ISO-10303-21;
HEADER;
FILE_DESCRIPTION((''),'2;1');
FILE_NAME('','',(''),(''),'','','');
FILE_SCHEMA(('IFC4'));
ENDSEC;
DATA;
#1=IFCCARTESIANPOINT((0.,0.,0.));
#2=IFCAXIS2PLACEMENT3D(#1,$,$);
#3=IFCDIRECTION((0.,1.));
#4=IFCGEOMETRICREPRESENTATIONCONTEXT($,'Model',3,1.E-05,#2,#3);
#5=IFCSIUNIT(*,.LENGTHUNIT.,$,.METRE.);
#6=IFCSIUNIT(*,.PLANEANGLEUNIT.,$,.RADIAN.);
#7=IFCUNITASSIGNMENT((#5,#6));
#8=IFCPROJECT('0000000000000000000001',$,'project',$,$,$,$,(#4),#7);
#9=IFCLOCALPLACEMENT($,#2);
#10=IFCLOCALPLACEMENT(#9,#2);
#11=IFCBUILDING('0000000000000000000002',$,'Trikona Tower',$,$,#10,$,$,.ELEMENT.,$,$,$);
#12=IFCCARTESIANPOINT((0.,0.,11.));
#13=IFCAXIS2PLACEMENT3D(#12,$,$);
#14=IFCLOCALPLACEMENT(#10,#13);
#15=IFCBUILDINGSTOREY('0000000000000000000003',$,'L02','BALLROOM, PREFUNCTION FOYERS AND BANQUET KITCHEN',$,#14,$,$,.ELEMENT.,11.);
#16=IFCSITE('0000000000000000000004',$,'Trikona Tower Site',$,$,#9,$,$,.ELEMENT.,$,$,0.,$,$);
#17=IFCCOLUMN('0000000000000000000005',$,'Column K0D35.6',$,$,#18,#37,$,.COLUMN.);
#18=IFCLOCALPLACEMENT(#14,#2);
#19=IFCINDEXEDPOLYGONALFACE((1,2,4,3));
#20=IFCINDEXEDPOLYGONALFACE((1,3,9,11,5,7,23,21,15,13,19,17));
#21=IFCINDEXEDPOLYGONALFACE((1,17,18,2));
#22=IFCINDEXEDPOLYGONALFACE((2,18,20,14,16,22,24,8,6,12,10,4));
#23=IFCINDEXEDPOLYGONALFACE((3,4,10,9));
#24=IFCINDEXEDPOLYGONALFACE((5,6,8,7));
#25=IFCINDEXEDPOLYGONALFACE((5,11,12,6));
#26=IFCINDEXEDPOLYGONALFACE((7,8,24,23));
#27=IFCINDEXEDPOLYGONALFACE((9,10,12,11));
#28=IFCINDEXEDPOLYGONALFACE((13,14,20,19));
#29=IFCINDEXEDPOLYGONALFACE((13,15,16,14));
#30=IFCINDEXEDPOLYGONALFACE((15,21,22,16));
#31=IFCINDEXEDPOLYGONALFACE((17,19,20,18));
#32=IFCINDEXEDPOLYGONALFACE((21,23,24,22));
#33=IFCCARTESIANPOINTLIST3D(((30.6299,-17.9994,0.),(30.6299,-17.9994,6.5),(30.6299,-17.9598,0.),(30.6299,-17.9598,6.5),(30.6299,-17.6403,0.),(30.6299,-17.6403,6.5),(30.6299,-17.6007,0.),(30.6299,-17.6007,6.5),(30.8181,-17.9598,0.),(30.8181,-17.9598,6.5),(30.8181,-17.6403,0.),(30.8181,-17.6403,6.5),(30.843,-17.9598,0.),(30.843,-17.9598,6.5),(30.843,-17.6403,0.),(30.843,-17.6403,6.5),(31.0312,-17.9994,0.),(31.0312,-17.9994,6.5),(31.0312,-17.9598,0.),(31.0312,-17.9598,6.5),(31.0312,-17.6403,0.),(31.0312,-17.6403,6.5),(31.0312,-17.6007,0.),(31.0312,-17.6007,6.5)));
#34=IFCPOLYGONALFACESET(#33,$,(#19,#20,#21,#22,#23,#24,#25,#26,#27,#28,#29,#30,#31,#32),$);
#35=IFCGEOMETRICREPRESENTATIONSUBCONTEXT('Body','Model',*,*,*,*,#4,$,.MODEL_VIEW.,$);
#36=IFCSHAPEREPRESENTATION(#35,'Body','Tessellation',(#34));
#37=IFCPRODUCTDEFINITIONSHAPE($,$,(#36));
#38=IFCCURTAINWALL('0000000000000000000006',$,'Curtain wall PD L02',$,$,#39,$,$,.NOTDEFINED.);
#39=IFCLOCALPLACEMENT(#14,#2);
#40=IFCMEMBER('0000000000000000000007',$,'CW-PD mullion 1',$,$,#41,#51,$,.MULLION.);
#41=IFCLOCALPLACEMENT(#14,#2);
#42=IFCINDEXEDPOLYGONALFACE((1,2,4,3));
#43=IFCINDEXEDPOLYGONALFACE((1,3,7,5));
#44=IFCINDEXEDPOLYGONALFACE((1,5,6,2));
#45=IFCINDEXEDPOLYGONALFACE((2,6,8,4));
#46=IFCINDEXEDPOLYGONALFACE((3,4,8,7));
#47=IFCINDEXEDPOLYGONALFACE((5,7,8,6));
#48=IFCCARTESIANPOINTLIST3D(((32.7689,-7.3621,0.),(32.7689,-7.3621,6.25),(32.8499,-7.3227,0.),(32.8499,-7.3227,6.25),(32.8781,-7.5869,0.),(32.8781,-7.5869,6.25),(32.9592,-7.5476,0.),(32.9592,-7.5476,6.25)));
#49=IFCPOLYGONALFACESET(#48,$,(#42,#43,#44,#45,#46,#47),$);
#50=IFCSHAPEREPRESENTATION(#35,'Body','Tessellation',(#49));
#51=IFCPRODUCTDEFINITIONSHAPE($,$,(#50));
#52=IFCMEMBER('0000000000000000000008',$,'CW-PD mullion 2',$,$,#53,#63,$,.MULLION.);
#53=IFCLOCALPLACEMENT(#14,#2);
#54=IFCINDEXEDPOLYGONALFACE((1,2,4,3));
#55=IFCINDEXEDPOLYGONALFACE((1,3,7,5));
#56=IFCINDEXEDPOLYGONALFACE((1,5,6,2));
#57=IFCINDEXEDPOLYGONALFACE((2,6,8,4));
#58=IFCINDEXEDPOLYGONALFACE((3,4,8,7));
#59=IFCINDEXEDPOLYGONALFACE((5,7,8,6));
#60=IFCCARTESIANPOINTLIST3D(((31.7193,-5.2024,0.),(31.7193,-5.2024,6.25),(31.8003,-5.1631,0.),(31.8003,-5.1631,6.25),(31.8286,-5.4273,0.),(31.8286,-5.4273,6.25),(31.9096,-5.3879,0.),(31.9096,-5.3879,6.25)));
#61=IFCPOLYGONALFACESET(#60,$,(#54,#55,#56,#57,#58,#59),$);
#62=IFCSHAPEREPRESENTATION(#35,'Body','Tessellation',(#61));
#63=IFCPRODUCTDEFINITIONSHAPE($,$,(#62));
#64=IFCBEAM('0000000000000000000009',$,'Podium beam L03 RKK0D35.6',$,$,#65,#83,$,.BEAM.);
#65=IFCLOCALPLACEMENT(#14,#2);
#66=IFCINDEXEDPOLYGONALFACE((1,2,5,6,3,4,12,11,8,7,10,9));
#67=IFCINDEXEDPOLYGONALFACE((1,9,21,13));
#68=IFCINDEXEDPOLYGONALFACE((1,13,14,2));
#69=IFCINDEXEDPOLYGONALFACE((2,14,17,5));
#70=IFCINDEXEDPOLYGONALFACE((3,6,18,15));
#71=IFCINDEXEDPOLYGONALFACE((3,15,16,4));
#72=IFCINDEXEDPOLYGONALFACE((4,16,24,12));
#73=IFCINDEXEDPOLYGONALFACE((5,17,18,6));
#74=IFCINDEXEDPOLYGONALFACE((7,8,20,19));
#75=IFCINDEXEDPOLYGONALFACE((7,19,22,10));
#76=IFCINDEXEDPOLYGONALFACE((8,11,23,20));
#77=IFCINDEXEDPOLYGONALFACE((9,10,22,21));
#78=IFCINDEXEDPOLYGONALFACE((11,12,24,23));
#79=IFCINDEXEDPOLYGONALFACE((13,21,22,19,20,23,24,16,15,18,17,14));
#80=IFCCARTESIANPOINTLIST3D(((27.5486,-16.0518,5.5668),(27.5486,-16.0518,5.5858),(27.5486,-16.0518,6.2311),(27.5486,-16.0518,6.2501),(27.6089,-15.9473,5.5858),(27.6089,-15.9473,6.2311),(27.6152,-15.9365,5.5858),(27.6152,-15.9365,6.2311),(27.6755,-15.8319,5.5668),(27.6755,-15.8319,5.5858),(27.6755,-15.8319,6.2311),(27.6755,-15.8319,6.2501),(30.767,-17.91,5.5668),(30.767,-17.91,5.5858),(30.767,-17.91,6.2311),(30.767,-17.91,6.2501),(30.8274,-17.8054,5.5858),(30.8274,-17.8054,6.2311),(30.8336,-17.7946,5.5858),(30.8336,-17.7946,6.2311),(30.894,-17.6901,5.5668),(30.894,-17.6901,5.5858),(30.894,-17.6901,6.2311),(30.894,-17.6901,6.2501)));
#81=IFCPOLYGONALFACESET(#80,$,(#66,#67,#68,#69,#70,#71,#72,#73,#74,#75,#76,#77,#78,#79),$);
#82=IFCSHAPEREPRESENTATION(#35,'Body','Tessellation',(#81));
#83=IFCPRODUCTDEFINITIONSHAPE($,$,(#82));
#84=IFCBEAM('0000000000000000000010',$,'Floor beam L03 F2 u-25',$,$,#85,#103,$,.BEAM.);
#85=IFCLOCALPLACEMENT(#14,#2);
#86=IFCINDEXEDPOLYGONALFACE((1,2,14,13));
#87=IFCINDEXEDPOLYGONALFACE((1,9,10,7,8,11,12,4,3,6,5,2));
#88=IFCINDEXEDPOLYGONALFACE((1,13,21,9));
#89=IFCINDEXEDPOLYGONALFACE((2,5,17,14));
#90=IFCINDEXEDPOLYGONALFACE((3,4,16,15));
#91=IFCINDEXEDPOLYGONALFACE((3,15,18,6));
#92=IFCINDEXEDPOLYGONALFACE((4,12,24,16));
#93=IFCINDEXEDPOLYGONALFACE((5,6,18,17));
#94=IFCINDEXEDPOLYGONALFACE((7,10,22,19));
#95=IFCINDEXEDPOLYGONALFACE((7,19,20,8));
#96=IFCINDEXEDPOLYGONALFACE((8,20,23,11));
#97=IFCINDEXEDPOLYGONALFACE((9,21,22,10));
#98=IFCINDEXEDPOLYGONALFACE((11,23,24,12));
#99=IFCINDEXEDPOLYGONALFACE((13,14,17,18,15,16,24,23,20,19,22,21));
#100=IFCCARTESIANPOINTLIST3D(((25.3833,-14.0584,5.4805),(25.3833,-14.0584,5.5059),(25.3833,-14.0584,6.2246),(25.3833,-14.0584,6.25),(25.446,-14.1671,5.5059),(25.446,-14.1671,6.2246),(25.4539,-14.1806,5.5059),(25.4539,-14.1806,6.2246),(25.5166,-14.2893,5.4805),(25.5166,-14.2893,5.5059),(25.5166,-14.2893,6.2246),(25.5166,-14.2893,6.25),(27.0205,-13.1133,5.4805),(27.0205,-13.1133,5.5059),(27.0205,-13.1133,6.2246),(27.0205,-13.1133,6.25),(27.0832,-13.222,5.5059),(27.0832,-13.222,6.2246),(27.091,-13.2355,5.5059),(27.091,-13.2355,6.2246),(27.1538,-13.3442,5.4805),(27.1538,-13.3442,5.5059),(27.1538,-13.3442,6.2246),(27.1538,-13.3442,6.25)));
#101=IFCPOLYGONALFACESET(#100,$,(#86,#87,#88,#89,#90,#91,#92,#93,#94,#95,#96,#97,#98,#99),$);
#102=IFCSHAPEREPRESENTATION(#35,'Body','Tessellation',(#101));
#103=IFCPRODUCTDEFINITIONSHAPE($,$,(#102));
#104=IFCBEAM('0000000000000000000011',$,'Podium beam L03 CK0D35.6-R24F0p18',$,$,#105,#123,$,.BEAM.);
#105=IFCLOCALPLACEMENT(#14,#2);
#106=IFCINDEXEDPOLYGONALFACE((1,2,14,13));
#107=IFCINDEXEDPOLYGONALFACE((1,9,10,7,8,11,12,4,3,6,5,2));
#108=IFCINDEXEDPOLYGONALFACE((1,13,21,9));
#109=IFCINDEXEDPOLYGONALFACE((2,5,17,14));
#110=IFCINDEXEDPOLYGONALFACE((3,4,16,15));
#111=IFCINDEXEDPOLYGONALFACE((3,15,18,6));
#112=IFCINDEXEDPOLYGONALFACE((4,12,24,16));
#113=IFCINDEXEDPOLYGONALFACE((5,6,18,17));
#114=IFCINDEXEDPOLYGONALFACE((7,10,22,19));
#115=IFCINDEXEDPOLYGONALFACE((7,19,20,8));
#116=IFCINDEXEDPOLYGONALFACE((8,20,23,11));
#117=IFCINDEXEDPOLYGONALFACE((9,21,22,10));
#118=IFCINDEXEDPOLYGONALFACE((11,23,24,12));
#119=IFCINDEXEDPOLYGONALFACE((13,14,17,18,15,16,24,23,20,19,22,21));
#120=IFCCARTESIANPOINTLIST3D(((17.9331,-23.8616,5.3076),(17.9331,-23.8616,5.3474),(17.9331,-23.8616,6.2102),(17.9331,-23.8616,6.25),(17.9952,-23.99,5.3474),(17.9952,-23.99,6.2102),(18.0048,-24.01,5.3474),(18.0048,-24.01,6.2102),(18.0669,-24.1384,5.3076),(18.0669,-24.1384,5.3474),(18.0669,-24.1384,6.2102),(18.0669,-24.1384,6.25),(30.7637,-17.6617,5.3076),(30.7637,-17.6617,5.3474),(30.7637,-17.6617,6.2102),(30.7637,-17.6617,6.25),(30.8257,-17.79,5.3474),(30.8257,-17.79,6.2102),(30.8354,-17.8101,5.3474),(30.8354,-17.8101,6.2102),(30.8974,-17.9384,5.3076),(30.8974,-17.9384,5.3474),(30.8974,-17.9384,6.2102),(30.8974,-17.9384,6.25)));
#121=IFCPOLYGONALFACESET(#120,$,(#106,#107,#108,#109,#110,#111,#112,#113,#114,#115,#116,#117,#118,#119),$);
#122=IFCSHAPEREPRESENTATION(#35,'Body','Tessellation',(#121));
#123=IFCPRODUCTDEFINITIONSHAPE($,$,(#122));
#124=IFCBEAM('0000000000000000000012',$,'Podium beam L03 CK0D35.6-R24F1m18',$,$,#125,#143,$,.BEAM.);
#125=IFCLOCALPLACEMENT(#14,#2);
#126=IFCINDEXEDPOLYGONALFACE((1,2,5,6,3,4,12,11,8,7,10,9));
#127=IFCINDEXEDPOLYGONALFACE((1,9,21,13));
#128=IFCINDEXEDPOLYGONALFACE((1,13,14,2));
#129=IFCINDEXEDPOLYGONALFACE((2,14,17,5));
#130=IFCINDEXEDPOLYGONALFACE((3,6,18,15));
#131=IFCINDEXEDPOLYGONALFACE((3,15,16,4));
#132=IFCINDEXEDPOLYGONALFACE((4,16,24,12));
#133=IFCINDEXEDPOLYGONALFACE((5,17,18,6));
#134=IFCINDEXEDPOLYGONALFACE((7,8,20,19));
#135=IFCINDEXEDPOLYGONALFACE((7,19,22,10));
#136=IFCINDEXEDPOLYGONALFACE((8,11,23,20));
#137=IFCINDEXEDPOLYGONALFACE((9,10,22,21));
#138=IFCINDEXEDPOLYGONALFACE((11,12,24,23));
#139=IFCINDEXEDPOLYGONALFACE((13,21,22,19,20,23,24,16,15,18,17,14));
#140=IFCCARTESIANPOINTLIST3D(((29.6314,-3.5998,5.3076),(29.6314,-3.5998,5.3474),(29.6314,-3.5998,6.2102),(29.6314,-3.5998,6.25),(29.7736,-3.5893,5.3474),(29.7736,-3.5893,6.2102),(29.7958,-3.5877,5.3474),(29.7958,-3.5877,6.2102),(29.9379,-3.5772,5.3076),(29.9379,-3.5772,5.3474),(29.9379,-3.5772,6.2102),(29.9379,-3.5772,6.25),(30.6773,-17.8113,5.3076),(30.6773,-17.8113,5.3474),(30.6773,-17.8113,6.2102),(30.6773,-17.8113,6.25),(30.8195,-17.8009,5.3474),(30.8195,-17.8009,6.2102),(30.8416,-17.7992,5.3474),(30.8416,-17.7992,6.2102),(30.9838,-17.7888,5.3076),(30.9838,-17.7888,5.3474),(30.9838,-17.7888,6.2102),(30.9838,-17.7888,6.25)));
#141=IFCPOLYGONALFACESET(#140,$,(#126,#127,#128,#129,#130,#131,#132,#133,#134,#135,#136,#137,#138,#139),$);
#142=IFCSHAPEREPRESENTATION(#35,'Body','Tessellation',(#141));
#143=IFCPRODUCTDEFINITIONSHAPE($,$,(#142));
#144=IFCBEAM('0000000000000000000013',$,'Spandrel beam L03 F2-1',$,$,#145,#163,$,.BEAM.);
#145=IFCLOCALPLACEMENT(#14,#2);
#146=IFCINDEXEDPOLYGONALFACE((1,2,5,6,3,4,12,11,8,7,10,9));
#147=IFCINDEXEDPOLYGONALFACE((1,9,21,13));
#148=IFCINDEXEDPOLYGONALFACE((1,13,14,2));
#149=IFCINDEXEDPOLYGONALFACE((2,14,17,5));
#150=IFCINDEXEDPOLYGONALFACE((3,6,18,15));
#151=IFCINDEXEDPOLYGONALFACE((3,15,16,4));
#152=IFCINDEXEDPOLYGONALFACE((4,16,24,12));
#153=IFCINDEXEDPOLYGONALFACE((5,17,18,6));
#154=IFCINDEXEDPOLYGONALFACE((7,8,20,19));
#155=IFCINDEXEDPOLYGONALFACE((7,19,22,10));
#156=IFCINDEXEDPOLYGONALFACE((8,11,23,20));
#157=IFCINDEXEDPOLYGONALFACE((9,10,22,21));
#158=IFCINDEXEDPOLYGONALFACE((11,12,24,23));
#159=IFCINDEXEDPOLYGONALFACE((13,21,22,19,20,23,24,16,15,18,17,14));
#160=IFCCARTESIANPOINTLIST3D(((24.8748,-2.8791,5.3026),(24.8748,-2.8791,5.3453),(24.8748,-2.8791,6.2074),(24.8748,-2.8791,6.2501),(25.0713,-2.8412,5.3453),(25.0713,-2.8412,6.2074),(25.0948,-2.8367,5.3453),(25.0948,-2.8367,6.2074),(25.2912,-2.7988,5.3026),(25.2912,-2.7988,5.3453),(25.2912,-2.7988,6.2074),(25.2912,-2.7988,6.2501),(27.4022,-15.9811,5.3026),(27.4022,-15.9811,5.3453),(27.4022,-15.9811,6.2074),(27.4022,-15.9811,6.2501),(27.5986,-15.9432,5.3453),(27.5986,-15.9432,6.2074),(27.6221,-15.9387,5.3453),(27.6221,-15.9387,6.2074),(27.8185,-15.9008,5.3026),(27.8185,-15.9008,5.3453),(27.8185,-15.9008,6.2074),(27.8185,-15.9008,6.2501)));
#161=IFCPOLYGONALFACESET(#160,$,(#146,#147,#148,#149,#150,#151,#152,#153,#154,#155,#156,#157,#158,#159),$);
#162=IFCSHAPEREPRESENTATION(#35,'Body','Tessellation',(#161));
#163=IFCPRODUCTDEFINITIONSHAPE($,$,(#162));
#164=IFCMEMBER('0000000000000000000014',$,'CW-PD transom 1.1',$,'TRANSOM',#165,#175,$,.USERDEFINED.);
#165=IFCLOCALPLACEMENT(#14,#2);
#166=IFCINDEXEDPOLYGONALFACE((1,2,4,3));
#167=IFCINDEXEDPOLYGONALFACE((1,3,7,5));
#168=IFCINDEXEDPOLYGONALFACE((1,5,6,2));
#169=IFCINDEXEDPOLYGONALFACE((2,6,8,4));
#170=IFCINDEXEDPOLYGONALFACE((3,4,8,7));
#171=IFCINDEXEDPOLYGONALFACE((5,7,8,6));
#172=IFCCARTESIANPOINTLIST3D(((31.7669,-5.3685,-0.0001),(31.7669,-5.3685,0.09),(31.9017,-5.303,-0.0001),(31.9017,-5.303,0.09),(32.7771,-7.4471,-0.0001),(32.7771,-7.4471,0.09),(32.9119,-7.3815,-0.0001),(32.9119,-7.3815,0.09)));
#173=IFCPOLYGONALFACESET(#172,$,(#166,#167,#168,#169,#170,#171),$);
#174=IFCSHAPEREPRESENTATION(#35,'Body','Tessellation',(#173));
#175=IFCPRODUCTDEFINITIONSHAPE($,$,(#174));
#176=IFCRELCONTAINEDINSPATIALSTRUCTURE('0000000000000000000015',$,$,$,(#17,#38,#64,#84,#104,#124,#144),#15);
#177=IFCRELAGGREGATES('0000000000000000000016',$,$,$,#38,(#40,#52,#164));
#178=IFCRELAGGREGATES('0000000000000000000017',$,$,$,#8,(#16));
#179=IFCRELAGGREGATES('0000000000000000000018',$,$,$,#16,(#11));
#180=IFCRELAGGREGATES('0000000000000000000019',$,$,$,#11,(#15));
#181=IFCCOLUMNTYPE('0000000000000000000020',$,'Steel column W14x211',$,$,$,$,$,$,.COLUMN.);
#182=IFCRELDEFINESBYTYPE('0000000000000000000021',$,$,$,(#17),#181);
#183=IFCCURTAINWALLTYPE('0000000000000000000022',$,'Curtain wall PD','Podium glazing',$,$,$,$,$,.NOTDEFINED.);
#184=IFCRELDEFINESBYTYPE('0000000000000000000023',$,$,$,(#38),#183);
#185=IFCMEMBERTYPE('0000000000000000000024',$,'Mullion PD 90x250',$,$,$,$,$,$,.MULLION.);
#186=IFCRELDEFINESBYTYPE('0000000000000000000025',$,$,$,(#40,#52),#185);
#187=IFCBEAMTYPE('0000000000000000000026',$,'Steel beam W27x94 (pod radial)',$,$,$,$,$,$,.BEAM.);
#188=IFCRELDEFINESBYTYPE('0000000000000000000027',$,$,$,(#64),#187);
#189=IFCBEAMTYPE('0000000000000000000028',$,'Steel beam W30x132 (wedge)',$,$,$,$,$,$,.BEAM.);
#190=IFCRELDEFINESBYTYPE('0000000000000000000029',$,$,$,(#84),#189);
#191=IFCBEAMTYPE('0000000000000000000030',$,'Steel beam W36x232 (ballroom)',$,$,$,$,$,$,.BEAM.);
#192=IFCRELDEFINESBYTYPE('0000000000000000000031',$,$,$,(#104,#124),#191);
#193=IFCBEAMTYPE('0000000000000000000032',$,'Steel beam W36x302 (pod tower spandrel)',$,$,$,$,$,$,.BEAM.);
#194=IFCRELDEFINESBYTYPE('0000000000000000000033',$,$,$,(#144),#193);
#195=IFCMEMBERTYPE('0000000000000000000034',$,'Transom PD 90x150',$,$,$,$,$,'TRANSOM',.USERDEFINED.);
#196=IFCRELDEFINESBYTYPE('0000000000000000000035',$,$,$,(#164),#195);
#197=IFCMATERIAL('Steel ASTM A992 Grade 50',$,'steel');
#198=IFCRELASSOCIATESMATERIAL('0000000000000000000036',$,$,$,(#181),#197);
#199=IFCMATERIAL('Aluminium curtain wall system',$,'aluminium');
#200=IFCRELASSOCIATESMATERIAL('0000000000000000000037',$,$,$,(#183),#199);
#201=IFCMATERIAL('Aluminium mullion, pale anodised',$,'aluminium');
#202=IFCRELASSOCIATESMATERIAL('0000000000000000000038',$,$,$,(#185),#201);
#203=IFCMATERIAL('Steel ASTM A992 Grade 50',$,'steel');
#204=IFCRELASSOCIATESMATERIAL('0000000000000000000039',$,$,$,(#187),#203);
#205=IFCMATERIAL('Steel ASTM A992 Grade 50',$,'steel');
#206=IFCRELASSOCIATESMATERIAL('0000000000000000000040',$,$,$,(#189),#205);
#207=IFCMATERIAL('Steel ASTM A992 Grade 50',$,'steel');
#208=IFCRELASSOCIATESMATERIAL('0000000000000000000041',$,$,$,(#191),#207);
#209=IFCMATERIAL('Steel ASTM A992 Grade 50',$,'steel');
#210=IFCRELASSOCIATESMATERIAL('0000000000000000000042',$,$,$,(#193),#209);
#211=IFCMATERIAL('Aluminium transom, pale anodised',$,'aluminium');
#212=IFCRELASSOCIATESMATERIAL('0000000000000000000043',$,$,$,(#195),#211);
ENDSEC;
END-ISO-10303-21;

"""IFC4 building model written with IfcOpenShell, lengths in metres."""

from ifc_helpers import new_model, si_unit, direction, frame, origin, origin_2d, place, context, subcontext, project, spatial, rectangle, i_section, extrude, material, material_profile, profile_set, type_object, element, aggregate, save


model = new_model("IFC4")

# Units and contexts
model_context = context("Model", 3, precision=1e-05, world=origin(), true_north=direction((0.0, 1.0)))
body_context = subcontext(model_context, "Body", "Model", "MODEL_VIEW")
ifc_project = project(units=[si_unit("LENGTHUNIT", "METRE"), si_unit("PLANEANGLEUNIT", "RADIAN")], contexts=[model_context])

# Site, building, storey
site_placement = place(None, origin())
site = spatial("IfcSite", under=ifc_project, at=site_placement, Name="Trikona Tower Site", CompositionType="ELEMENT", RefElevation=0.0)
building_placement = place(site_placement, origin())
building = spatial("IfcBuilding", under=site, at=building_placement, Name="Trikona Tower", CompositionType="ELEMENT")
storey_placement = place(building_placement, frame((0.0, 0.0, 11.0)))
storey = spatial("IfcBuildingStorey", under=building, at=storey_placement, Name="L02", Description="BALLROOM, PREFUNCTION FOYERS AND BANQUET KITCHEN", CompositionType="ELEMENT", Elevation=11.0)

# Column
ifc_material_1 = material(Name="Steel ASTM A992 Grade 50", Category="steel")
ifc_material_profile_1 = material_profile(ifc_material_1, i_section(OverallWidth=0.4014, OverallDepth=0.3987, WebThickness=0.0249, FlangeThickness=0.0396, at=origin_2d()), Name="W14X211")
ifc_profile_set_1 = profile_set([ifc_material_profile_1], Name="Steel ASTM A992 Grade 50")
column_type = type_object("IfcColumnType", Name="Steel column W14x211", PredefinedType="COLUMN", material=ifc_profile_set_1)
column_placement = place(storey_placement, frame((30.8306, -17.8, 0.0), z_axis=(0.0, 0.0, 1.0), x_axis=(1.0, 0.0, 0.0)))
element("IfcColumn", 1, at=column_placement, inside=storey, type_object=column_type, Name="Column K0D35.6", PredefinedType="COLUMN", context=body_context, shape_type="SweptSolid", body=[
    extrude(i_section(OverallWidth=0.4014, OverallDepth=0.3987, WebThickness=0.0249, FlangeThickness=0.0396, at=origin_2d()), origin(), (0.0, 0.0, 1.0), 6.5),
])

# Curtain wall, members
ifc_material_2 = material(Name="Aluminium curtain wall system", Category="aluminium")
curtain_wall_type = type_object("IfcCurtainWallType", Name="Curtain wall PD", Description="Podium glazing", PredefinedType="NOTDEFINED", material=ifc_material_2)
curtain_wall_placement = place(storey_placement, origin())
curtain_wall = element("IfcCurtainWall", 2, at=curtain_wall_placement, inside=storey, type_object=curtain_wall_type, Name="Curtain wall PD L02", PredefinedType="NOTDEFINED")
ifc_material_3 = material(Name="Aluminium mullion, pale anodised", Category="aluminium")
ifc_material_profile_2 = material_profile(ifc_material_3, rectangle(XDim=0.0901, YDim=0.25, at=origin_2d()), Name="MUL-PD")
ifc_profile_set_2 = profile_set([ifc_material_profile_2], Name="Aluminium mullion, pale anodised")
member_type_1 = type_object("IfcMemberType", Name="Mullion PD 90x250", PredefinedType="MULLION", material=ifc_profile_set_2)
member_1_placement = place(storey_placement, frame((32.864, -7.4548, 0.0), z_axis=(0.0, 0.0, 1.0), x_axis=(-0.899399, -0.437129, 0.0)))
member_1 = element("IfcMember", 3, at=member_1_placement, type_object=member_type_1, Name="CW-PD mullion 1", PredefinedType="MULLION", context=body_context, shape_type="SweptSolid", body=[
    extrude(rectangle(XDim=0.0901, YDim=0.25, at=origin_2d()), origin(), (0.0, 0.0, 1.0), 6.25),
])
member_2_placement = place(storey_placement, frame((31.8145, -5.2952, 0.0), z_axis=(0.0, 0.0, 1.0), x_axis=(-0.899399, -0.437129, 0.0)))
member_2 = element("IfcMember", 4, at=member_2_placement, type_object=member_type_1, Name="CW-PD mullion 2", PredefinedType="MULLION", context=body_context, shape_type="SweptSolid", body=[
    extrude(rectangle(XDim=0.0901, YDim=0.25, at=origin_2d()), origin(), (0.0, 0.0, 1.0), 6.25),
])

# Beams
ifc_material_4 = material(Name="Steel ASTM A992 Grade 50", Category="steel")
ifc_material_profile_3 = material_profile(ifc_material_4, i_section(OverallWidth=0.2539, OverallDepth=0.6833, WebThickness=0.0125, FlangeThickness=0.019, at=origin_2d()), Name="W27X94")
ifc_profile_set_3 = profile_set([ifc_material_profile_3], Name="Steel ASTM A992 Grade 50")
beam_type_1 = type_object("IfcBeamType", Name="Steel beam W27x94 (pod radial)", PredefinedType="BEAM", material=ifc_profile_set_3)
beam_1_placement = place(storey_placement, frame((27.6121, -15.9419, 5.9084), z_axis=(0.866031, -0.49999, 0.0), x_axis=(0.49999, 0.866031, 0.0)))
element("IfcBeam", 5, at=beam_1_placement, inside=storey, type_object=beam_type_1, Name="Podium beam L03 RKK0D35.6", PredefinedType="BEAM", context=body_context, shape_type="SweptSolid", body=[
    extrude(i_section(OverallWidth=0.2539, OverallDepth=0.6833, WebThickness=0.0125, FlangeThickness=0.019, at=origin_2d()), origin(), (0.0, 0.0, 1.0), 3.7163),
])
ifc_material_5 = material(Name="Steel ASTM A992 Grade 50", Category="steel")
ifc_material_profile_4 = material_profile(ifc_material_5, i_section(OverallWidth=0.2666, OverallDepth=0.7695, WebThickness=0.0156, FlangeThickness=0.0254, at=origin_2d()), Name="W30X132")
ifc_profile_set_4 = profile_set([ifc_material_profile_4], Name="Steel ASTM A992 Grade 50")
beam_type_2 = type_object("IfcBeamType", Name="Steel beam W30x132 (wedge)", PredefinedType="BEAM", material=ifc_profile_set_4)
beam_2_placement = place(storey_placement, frame((25.45, -14.1738, 5.8652), z_axis=(0.866065, 0.499931, 0.0), x_axis=(-0.499931, 0.866065, 0.0)))
element("IfcBeam", 6, at=beam_2_placement, inside=storey, type_object=beam_type_2, Name="Floor beam L03 F2 u-25", PredefinedType="BEAM", context=body_context, shape_type="SweptSolid", body=[
    extrude(i_section(OverallWidth=0.2666, OverallDepth=0.7695, WebThickness=0.0156, FlangeThickness=0.0254, at=origin_2d()), origin(), (0.0, 0.0, 1.0), 1.8904),
])
ifc_material_6 = material(Name="Steel ASTM A992 Grade 50", Category="steel")
ifc_material_profile_5 = material_profile(ifc_material_6, i_section(OverallWidth=0.3074, OverallDepth=0.9424, WebThickness=0.0222, FlangeThickness=0.0398, at=origin_2d()), Name="W36X232")
ifc_profile_set_5 = profile_set([ifc_material_profile_5], Name="Steel ASTM A992 Grade 50")
beam_type_3 = type_object("IfcBeamType", Name="Steel beam W36x232 (ballroom)", PredefinedType="BEAM", material=ifc_profile_set_5)
for number, where, z_axis, x_axis, name in (
    (7, (30.8306, -17.8, 5.7788), (-0.90039, -0.435084, 0.0), (0.435084, -0.90039, 0.0), "Podium beam L03 CK0D35.6-R24F0p18"),
    (8, (30.8306, -17.8, 5.7788), (-0.073396, 0.997303, 0.0), (-0.997303, -0.073396, 0.0), "Podium beam L03 CK0D35.6-R24F1m18"),
):
    element("IfcBeam", number, at=place(storey_placement, frame(where, z_axis=z_axis, x_axis=x_axis)), inside=storey, type_object=beam_type_3, Name=name, PredefinedType="BEAM", context=body_context, shape_type="SweptSolid", body=[
        extrude(i_section(OverallWidth=0.3074, OverallDepth=0.9424, WebThickness=0.0222, FlangeThickness=0.0398, at=origin_2d()), origin(), (0.0, 0.0, 1.0), 14.25),
    ])
ifc_material_7 = material(Name="Steel ASTM A992 Grade 50", Category="steel")
ifc_material_profile_6 = material_profile(ifc_material_7, i_section(OverallWidth=0.4241, OverallDepth=0.9475, WebThickness=0.0239, FlangeThickness=0.0427, at=origin_2d()), Name="W36X302")
ifc_profile_set_6 = profile_set([ifc_material_profile_6], Name="Steel ASTM A992 Grade 50")
beam_type_4 = type_object("IfcBeamType", Name="Steel beam W36x302 (pod tower spandrel)", PredefinedType="BEAM", material=ifc_profile_set_6)
beam_3_placement = place(storey_placement, frame((27.6104, -15.9409, 5.7764), z_axis=(-0.189405, 0.981899, 0.0), x_axis=(-0.981899, -0.189405, 0.0)))
element("IfcBeam", 9, at=beam_3_placement, inside=storey, type_object=beam_type_4, Name="Spandrel beam L03 F2-1", PredefinedType="BEAM", context=body_context, shape_type="SweptSolid", body=[
    extrude(i_section(OverallWidth=0.4241, OverallDepth=0.9475, WebThickness=0.0239, FlangeThickness=0.0427, at=origin_2d()), origin(), (0.0, 0.0, 1.0), 13.3435),
])

# Member
ifc_material_8 = material(Name="Aluminium transom, pale anodised", Category="aluminium")
ifc_material_profile_7 = material_profile(ifc_material_8, rectangle(XDim=0.1499, YDim=0.0901, at=origin_2d()), Name="TRN-PD")
ifc_profile_set_7 = profile_set([ifc_material_profile_7], Name="Aluminium transom, pale anodised")
member_type_2 = type_object("IfcMemberType", Name="Transom PD 90x150", ElementType="TRANSOM", PredefinedType="USERDEFINED", material=ifc_profile_set_7)
member_3_placement = place(storey_placement, frame((32.8445, -7.4143, 0.0449), z_axis=(-0.437129, 0.899399, 0.0), x_axis=(-0.899399, -0.437129, 0.0)))
member_3 = element("IfcMember", 10, at=member_3_placement, type_object=member_type_2, Name="CW-PD transom 1.1", ObjectType="TRANSOM", PredefinedType="USERDEFINED", context=body_context, shape_type="SweptSolid", body=[
    extrude(rectangle(XDim=0.1499, YDim=0.0901, at=origin_2d()), origin(), (0.0, 0.0, 1.0), 2.311),
])

aggregate(curtain_wall, [member_1, member_2, member_3])

save(model, "model.ifc")
